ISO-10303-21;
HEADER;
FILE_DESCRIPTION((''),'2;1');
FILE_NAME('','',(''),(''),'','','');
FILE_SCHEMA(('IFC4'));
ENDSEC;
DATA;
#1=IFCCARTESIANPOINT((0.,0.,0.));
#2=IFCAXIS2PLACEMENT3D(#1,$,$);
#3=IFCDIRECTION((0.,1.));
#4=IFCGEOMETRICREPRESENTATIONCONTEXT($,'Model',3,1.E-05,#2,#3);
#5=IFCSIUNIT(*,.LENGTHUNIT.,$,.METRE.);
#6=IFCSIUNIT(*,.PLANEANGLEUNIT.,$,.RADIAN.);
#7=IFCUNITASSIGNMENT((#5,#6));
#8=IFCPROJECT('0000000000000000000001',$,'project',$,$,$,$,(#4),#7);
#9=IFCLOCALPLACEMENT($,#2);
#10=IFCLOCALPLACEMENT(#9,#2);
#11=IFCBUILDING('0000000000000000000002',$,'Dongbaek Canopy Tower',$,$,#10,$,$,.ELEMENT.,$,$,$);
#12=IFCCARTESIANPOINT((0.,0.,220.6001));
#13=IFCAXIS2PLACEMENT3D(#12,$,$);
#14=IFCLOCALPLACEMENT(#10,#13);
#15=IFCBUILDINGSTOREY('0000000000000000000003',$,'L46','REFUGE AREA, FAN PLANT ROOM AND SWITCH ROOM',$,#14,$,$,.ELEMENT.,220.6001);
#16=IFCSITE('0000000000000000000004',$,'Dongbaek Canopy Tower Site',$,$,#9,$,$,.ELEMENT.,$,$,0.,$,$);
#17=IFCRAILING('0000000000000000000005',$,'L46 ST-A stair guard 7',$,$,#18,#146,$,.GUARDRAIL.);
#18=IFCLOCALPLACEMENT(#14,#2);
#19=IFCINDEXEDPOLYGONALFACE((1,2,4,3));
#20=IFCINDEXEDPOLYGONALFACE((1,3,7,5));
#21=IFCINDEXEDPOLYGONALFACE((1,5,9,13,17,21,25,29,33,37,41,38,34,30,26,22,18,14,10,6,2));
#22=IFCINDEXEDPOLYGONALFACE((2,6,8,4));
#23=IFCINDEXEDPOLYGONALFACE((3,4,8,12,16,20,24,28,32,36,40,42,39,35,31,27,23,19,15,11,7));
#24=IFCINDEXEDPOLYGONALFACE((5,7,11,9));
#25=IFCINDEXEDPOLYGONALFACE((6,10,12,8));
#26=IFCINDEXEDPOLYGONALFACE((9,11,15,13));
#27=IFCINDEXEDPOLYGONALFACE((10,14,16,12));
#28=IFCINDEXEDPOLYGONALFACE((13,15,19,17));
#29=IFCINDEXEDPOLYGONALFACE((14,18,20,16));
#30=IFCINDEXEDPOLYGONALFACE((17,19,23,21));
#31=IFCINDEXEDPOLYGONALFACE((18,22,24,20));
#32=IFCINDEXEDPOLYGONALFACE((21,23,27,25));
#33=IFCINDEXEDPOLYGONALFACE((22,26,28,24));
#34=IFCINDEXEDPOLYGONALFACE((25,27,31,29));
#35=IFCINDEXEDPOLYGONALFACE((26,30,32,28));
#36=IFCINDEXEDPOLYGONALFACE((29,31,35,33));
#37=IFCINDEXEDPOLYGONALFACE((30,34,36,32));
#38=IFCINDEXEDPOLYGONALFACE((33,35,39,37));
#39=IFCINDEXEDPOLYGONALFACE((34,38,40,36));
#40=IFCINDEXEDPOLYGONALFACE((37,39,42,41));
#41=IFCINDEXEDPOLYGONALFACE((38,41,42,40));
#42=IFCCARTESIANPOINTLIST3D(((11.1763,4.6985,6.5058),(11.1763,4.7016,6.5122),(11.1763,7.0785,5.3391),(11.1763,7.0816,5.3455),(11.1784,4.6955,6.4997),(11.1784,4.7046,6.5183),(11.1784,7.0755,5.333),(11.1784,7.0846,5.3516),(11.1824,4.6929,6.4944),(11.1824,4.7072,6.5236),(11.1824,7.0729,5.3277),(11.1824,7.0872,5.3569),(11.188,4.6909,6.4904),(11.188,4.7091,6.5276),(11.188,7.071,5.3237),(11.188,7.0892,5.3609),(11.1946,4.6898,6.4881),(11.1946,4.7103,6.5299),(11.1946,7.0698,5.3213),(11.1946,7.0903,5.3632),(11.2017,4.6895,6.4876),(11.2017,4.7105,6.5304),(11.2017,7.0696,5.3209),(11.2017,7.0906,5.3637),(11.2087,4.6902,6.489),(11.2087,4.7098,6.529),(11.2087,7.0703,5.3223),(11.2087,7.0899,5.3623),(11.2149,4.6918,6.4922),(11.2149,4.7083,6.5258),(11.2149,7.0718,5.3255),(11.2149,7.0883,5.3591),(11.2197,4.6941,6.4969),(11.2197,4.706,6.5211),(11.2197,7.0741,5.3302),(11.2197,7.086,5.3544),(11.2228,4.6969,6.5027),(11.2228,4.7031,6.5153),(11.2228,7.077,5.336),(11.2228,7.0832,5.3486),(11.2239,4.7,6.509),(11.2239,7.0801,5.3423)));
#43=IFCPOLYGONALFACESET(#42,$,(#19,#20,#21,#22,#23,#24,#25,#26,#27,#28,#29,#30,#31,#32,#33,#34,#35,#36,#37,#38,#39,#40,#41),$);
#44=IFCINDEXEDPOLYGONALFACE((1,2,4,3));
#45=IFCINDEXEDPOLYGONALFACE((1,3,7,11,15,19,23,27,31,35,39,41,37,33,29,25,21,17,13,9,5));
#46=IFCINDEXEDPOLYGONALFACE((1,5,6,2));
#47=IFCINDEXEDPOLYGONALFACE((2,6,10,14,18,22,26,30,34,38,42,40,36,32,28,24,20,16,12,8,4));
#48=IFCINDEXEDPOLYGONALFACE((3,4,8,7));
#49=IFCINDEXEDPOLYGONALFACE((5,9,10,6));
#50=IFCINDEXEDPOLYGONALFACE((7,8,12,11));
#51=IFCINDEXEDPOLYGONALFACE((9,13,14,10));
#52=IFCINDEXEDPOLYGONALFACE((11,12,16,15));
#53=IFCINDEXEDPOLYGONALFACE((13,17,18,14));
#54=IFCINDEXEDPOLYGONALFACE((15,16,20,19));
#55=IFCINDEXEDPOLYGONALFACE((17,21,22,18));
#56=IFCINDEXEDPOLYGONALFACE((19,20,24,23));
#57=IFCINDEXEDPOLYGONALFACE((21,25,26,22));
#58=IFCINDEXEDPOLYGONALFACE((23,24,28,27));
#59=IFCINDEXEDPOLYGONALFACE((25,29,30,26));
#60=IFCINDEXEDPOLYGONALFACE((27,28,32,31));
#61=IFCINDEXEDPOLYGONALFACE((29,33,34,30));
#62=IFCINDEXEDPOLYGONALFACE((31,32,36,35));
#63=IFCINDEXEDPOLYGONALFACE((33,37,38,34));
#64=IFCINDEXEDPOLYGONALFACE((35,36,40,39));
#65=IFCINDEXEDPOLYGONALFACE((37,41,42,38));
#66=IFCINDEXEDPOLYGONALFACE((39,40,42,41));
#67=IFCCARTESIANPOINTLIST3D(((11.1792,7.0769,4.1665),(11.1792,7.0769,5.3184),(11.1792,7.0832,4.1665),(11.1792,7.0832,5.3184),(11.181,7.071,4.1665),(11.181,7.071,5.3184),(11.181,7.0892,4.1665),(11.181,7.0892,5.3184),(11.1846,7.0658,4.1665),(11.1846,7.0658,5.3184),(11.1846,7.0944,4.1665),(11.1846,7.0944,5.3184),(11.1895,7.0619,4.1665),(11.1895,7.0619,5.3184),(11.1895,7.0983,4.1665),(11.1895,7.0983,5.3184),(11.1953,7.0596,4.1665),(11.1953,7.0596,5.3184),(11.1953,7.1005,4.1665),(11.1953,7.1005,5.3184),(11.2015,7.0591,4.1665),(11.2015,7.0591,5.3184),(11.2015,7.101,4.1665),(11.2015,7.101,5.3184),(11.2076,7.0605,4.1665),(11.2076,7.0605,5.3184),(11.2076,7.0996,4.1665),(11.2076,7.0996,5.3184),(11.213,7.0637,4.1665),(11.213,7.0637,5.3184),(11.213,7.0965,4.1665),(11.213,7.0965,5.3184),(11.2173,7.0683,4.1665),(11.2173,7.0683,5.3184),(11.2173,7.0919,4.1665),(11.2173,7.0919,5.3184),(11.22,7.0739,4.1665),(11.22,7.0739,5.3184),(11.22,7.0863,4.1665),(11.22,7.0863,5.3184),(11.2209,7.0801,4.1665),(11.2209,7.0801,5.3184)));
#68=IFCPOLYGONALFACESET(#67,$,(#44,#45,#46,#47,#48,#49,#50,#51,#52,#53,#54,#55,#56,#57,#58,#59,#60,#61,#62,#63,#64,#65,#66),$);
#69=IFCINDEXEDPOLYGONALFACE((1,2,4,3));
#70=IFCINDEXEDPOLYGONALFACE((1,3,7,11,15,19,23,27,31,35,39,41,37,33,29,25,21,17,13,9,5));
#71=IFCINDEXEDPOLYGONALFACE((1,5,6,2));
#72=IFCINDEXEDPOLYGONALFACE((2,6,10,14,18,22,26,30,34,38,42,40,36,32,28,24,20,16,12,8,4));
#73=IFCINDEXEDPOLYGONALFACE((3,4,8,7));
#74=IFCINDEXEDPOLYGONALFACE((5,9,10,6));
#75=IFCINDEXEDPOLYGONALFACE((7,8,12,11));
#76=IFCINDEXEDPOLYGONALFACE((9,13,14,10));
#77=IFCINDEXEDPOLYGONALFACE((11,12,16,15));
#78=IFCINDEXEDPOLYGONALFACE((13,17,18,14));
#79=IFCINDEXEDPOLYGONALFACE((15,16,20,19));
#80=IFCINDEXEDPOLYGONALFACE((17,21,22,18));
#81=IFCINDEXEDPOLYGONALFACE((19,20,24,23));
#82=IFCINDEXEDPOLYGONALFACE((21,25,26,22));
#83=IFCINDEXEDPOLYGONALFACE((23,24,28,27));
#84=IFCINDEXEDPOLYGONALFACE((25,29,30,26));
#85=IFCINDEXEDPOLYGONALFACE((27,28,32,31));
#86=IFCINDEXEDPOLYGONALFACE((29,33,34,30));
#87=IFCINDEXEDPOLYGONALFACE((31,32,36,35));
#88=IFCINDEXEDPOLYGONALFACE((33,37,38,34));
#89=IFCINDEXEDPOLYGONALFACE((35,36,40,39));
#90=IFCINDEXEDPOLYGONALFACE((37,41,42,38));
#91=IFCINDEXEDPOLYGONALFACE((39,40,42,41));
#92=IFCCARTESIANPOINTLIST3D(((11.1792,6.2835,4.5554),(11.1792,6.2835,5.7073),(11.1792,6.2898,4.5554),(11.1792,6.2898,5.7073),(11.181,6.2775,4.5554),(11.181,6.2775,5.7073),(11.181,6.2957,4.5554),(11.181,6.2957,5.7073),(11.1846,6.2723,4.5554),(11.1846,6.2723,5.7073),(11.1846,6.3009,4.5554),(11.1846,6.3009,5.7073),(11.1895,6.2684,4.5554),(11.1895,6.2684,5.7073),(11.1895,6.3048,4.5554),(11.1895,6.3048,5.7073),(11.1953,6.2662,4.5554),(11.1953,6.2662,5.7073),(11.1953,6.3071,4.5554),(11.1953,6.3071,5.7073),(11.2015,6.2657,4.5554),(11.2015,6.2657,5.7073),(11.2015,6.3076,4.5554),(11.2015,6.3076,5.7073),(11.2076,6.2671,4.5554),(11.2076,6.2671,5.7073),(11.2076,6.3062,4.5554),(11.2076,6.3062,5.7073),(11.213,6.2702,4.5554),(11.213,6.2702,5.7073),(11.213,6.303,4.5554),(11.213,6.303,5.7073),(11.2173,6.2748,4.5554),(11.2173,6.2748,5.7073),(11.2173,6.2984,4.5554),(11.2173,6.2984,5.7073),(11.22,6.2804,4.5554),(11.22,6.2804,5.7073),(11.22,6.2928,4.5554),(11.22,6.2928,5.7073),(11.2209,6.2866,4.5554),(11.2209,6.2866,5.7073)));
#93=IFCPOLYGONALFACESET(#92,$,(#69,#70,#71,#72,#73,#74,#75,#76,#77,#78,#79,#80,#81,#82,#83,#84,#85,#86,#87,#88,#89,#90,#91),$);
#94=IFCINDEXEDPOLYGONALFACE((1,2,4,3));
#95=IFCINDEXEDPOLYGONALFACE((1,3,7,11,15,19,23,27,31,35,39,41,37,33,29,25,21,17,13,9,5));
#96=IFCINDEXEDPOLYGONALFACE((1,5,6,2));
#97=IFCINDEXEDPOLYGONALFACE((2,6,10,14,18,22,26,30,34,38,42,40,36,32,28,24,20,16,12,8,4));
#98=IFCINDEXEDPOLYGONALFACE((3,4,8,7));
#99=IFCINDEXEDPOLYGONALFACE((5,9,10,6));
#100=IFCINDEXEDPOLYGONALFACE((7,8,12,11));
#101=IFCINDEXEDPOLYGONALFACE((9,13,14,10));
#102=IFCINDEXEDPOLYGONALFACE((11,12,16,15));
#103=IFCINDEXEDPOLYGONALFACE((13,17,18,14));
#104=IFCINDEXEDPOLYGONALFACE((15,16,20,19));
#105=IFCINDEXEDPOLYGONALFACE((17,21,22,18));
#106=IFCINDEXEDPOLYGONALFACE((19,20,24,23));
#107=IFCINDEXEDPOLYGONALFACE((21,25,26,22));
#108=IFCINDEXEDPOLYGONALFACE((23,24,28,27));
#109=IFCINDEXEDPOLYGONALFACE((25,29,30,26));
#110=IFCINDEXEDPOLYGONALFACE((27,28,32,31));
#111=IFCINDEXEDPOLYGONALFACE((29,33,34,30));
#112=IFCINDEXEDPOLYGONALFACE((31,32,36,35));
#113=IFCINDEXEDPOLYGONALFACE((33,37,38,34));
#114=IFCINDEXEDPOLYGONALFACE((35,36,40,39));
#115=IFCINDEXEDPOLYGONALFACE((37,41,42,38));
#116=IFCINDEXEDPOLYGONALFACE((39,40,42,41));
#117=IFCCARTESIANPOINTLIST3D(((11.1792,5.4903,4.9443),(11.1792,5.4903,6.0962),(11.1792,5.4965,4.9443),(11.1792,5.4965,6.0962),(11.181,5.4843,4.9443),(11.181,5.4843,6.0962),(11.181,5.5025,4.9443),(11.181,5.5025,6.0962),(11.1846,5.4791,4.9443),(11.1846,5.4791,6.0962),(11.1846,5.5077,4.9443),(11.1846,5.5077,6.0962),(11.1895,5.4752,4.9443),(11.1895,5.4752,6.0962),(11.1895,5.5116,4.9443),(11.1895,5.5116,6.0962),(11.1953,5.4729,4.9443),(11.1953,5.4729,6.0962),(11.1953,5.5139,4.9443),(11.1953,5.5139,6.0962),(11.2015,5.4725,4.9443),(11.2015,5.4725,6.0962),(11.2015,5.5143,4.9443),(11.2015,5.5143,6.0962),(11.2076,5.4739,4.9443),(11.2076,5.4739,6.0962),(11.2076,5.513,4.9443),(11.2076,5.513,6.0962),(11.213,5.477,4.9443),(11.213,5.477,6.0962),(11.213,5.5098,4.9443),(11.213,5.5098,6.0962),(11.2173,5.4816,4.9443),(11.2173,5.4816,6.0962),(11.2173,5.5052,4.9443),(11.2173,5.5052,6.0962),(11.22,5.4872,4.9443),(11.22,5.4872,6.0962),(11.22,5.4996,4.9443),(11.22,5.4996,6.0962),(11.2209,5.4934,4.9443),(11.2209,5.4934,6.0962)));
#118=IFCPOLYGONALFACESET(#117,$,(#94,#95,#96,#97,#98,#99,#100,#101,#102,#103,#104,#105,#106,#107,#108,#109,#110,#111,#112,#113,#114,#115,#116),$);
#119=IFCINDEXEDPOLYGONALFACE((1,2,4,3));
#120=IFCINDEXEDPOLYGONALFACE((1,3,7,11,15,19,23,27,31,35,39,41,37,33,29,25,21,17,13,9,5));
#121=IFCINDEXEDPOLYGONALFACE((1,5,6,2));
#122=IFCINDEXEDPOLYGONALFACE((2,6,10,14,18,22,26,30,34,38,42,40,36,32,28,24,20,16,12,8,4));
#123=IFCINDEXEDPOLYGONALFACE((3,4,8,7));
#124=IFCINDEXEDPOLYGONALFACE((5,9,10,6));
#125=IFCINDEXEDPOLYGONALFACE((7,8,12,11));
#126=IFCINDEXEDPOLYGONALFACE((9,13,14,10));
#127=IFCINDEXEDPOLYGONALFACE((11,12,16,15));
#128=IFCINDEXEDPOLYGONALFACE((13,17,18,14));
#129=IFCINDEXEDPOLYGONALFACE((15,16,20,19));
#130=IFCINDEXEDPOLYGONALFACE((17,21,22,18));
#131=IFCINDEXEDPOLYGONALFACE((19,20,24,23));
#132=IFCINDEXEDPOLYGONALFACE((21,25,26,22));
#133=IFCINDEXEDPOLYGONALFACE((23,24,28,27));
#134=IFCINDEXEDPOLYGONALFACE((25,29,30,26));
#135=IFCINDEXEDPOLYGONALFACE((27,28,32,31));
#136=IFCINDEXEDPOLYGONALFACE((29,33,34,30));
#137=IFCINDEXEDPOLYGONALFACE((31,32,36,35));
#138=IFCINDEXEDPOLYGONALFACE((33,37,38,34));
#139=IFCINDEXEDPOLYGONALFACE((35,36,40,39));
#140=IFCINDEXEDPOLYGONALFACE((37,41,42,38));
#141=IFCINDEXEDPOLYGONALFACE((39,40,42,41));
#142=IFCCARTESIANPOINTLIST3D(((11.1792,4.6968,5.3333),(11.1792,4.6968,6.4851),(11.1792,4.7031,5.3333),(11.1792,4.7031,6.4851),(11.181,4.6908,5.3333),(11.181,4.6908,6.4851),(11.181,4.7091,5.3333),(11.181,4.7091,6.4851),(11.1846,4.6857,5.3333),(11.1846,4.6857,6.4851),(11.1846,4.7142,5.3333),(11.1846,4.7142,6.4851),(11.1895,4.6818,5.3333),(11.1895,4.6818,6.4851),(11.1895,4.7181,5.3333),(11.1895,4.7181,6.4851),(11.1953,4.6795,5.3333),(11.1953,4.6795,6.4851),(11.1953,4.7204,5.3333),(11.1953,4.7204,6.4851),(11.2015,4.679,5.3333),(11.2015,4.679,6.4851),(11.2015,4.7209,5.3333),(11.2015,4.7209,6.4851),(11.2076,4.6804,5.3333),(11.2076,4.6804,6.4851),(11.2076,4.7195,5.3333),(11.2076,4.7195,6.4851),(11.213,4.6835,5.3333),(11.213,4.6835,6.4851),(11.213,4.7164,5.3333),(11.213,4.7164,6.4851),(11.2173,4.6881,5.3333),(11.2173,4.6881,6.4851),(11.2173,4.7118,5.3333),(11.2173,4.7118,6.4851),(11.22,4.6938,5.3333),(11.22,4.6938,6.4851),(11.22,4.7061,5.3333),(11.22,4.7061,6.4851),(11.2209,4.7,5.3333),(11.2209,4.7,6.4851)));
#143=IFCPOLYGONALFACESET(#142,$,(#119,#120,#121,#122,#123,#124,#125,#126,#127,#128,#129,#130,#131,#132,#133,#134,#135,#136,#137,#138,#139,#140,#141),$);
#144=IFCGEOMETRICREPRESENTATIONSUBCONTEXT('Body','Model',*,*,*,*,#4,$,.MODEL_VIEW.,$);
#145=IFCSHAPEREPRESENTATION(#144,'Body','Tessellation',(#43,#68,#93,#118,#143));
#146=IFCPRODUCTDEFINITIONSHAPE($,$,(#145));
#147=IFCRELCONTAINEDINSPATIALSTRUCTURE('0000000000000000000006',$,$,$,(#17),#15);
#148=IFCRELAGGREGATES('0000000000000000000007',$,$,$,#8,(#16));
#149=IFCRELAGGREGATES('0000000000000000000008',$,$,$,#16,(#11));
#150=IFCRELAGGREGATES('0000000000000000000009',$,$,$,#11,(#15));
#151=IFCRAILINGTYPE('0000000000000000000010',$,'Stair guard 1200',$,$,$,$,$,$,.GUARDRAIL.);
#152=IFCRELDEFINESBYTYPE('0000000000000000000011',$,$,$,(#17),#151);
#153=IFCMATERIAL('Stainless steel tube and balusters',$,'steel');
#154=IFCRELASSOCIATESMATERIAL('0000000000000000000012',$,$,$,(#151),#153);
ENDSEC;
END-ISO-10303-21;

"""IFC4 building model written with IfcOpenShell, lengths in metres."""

from ifc_helpers import new_model, si_unit, direction, frame, origin, origin_2d, place, context, subcontext, project, spatial, circle, extrude, material, type_object, element, save


model = new_model("IFC4")

# Units and contexts
model_context = context("Model", 3, precision=1e-05, world=origin(), true_north=direction((0.0, 1.0)))
body_context = subcontext(model_context, "Body", "Model", "MODEL_VIEW")
ifc_project = project(units=[si_unit("LENGTHUNIT", "METRE"), si_unit("PLANEANGLEUNIT", "RADIAN")], contexts=[model_context])

# Site, building, storey
site_placement = place(None, origin())
site = spatial("IfcSite", under=ifc_project, at=site_placement, Name="Dongbaek Canopy Tower Site", CompositionType="ELEMENT", RefElevation=0.0)
building_placement = place(site_placement, origin())
building = spatial("IfcBuilding", under=site, at=building_placement, Name="Dongbaek Canopy Tower", CompositionType="ELEMENT")
storey_placement = place(building_placement, frame((0.0, 0.0, 220.6001)))
storey = spatial("IfcBuildingStorey", under=building, at=storey_placement, Name="L46", Description="REFUGE AREA, FAN PLANT ROOM AND SWITCH ROOM", CompositionType="ELEMENT", Elevation=220.6001)

# Railing
ifc_material_1 = material(Name="Stainless steel tube and balusters", Category="steel")
railing_type = type_object("IfcRailingType", Name="Stair guard 1200", PredefinedType="GUARDRAIL", material=ifc_material_1)
railing_1_placement = place(storey_placement, frame((11.2, 7.0801, 4.1665)))
element("IfcRailing", 1, at=railing_1_placement, inside=storey, type_object=railing_type, Name="L46 ST-A stair guard 7", PredefinedType="GUARDRAIL", context=body_context, shape_type="SweptSolid", body=[
    extrude(circle(Radius=0.0239, at=origin_2d()), frame((0.0, 0.0, 1.1758), z_axis=(0.0, -0.897918, 0.440163), x_axis=(1.0, 0.0, 0.0)), (0.0, 0.0, 1.0), 2.6506),
    extrude(circle(Radius=0.021, at=origin_2d()), origin(), (0.0, 0.0, 1.0), 1.1519),
    extrude(circle(Radius=0.021, at=origin_2d()), frame((0.0, -0.7935, 0.3889)), (0.0, 0.0, 1.0), 1.1519),
    extrude(circle(Radius=0.021, at=origin_2d()), frame((0.0, -1.5867, 0.7778)), (0.0, 0.0, 1.0), 1.1519),
    extrude(circle(Radius=0.021, at=origin_2d()), frame((0.0, -2.3801, 1.1667)), (0.0, 0.0, 1.0), 1.1519),
])

save(model, "model.ifc")
